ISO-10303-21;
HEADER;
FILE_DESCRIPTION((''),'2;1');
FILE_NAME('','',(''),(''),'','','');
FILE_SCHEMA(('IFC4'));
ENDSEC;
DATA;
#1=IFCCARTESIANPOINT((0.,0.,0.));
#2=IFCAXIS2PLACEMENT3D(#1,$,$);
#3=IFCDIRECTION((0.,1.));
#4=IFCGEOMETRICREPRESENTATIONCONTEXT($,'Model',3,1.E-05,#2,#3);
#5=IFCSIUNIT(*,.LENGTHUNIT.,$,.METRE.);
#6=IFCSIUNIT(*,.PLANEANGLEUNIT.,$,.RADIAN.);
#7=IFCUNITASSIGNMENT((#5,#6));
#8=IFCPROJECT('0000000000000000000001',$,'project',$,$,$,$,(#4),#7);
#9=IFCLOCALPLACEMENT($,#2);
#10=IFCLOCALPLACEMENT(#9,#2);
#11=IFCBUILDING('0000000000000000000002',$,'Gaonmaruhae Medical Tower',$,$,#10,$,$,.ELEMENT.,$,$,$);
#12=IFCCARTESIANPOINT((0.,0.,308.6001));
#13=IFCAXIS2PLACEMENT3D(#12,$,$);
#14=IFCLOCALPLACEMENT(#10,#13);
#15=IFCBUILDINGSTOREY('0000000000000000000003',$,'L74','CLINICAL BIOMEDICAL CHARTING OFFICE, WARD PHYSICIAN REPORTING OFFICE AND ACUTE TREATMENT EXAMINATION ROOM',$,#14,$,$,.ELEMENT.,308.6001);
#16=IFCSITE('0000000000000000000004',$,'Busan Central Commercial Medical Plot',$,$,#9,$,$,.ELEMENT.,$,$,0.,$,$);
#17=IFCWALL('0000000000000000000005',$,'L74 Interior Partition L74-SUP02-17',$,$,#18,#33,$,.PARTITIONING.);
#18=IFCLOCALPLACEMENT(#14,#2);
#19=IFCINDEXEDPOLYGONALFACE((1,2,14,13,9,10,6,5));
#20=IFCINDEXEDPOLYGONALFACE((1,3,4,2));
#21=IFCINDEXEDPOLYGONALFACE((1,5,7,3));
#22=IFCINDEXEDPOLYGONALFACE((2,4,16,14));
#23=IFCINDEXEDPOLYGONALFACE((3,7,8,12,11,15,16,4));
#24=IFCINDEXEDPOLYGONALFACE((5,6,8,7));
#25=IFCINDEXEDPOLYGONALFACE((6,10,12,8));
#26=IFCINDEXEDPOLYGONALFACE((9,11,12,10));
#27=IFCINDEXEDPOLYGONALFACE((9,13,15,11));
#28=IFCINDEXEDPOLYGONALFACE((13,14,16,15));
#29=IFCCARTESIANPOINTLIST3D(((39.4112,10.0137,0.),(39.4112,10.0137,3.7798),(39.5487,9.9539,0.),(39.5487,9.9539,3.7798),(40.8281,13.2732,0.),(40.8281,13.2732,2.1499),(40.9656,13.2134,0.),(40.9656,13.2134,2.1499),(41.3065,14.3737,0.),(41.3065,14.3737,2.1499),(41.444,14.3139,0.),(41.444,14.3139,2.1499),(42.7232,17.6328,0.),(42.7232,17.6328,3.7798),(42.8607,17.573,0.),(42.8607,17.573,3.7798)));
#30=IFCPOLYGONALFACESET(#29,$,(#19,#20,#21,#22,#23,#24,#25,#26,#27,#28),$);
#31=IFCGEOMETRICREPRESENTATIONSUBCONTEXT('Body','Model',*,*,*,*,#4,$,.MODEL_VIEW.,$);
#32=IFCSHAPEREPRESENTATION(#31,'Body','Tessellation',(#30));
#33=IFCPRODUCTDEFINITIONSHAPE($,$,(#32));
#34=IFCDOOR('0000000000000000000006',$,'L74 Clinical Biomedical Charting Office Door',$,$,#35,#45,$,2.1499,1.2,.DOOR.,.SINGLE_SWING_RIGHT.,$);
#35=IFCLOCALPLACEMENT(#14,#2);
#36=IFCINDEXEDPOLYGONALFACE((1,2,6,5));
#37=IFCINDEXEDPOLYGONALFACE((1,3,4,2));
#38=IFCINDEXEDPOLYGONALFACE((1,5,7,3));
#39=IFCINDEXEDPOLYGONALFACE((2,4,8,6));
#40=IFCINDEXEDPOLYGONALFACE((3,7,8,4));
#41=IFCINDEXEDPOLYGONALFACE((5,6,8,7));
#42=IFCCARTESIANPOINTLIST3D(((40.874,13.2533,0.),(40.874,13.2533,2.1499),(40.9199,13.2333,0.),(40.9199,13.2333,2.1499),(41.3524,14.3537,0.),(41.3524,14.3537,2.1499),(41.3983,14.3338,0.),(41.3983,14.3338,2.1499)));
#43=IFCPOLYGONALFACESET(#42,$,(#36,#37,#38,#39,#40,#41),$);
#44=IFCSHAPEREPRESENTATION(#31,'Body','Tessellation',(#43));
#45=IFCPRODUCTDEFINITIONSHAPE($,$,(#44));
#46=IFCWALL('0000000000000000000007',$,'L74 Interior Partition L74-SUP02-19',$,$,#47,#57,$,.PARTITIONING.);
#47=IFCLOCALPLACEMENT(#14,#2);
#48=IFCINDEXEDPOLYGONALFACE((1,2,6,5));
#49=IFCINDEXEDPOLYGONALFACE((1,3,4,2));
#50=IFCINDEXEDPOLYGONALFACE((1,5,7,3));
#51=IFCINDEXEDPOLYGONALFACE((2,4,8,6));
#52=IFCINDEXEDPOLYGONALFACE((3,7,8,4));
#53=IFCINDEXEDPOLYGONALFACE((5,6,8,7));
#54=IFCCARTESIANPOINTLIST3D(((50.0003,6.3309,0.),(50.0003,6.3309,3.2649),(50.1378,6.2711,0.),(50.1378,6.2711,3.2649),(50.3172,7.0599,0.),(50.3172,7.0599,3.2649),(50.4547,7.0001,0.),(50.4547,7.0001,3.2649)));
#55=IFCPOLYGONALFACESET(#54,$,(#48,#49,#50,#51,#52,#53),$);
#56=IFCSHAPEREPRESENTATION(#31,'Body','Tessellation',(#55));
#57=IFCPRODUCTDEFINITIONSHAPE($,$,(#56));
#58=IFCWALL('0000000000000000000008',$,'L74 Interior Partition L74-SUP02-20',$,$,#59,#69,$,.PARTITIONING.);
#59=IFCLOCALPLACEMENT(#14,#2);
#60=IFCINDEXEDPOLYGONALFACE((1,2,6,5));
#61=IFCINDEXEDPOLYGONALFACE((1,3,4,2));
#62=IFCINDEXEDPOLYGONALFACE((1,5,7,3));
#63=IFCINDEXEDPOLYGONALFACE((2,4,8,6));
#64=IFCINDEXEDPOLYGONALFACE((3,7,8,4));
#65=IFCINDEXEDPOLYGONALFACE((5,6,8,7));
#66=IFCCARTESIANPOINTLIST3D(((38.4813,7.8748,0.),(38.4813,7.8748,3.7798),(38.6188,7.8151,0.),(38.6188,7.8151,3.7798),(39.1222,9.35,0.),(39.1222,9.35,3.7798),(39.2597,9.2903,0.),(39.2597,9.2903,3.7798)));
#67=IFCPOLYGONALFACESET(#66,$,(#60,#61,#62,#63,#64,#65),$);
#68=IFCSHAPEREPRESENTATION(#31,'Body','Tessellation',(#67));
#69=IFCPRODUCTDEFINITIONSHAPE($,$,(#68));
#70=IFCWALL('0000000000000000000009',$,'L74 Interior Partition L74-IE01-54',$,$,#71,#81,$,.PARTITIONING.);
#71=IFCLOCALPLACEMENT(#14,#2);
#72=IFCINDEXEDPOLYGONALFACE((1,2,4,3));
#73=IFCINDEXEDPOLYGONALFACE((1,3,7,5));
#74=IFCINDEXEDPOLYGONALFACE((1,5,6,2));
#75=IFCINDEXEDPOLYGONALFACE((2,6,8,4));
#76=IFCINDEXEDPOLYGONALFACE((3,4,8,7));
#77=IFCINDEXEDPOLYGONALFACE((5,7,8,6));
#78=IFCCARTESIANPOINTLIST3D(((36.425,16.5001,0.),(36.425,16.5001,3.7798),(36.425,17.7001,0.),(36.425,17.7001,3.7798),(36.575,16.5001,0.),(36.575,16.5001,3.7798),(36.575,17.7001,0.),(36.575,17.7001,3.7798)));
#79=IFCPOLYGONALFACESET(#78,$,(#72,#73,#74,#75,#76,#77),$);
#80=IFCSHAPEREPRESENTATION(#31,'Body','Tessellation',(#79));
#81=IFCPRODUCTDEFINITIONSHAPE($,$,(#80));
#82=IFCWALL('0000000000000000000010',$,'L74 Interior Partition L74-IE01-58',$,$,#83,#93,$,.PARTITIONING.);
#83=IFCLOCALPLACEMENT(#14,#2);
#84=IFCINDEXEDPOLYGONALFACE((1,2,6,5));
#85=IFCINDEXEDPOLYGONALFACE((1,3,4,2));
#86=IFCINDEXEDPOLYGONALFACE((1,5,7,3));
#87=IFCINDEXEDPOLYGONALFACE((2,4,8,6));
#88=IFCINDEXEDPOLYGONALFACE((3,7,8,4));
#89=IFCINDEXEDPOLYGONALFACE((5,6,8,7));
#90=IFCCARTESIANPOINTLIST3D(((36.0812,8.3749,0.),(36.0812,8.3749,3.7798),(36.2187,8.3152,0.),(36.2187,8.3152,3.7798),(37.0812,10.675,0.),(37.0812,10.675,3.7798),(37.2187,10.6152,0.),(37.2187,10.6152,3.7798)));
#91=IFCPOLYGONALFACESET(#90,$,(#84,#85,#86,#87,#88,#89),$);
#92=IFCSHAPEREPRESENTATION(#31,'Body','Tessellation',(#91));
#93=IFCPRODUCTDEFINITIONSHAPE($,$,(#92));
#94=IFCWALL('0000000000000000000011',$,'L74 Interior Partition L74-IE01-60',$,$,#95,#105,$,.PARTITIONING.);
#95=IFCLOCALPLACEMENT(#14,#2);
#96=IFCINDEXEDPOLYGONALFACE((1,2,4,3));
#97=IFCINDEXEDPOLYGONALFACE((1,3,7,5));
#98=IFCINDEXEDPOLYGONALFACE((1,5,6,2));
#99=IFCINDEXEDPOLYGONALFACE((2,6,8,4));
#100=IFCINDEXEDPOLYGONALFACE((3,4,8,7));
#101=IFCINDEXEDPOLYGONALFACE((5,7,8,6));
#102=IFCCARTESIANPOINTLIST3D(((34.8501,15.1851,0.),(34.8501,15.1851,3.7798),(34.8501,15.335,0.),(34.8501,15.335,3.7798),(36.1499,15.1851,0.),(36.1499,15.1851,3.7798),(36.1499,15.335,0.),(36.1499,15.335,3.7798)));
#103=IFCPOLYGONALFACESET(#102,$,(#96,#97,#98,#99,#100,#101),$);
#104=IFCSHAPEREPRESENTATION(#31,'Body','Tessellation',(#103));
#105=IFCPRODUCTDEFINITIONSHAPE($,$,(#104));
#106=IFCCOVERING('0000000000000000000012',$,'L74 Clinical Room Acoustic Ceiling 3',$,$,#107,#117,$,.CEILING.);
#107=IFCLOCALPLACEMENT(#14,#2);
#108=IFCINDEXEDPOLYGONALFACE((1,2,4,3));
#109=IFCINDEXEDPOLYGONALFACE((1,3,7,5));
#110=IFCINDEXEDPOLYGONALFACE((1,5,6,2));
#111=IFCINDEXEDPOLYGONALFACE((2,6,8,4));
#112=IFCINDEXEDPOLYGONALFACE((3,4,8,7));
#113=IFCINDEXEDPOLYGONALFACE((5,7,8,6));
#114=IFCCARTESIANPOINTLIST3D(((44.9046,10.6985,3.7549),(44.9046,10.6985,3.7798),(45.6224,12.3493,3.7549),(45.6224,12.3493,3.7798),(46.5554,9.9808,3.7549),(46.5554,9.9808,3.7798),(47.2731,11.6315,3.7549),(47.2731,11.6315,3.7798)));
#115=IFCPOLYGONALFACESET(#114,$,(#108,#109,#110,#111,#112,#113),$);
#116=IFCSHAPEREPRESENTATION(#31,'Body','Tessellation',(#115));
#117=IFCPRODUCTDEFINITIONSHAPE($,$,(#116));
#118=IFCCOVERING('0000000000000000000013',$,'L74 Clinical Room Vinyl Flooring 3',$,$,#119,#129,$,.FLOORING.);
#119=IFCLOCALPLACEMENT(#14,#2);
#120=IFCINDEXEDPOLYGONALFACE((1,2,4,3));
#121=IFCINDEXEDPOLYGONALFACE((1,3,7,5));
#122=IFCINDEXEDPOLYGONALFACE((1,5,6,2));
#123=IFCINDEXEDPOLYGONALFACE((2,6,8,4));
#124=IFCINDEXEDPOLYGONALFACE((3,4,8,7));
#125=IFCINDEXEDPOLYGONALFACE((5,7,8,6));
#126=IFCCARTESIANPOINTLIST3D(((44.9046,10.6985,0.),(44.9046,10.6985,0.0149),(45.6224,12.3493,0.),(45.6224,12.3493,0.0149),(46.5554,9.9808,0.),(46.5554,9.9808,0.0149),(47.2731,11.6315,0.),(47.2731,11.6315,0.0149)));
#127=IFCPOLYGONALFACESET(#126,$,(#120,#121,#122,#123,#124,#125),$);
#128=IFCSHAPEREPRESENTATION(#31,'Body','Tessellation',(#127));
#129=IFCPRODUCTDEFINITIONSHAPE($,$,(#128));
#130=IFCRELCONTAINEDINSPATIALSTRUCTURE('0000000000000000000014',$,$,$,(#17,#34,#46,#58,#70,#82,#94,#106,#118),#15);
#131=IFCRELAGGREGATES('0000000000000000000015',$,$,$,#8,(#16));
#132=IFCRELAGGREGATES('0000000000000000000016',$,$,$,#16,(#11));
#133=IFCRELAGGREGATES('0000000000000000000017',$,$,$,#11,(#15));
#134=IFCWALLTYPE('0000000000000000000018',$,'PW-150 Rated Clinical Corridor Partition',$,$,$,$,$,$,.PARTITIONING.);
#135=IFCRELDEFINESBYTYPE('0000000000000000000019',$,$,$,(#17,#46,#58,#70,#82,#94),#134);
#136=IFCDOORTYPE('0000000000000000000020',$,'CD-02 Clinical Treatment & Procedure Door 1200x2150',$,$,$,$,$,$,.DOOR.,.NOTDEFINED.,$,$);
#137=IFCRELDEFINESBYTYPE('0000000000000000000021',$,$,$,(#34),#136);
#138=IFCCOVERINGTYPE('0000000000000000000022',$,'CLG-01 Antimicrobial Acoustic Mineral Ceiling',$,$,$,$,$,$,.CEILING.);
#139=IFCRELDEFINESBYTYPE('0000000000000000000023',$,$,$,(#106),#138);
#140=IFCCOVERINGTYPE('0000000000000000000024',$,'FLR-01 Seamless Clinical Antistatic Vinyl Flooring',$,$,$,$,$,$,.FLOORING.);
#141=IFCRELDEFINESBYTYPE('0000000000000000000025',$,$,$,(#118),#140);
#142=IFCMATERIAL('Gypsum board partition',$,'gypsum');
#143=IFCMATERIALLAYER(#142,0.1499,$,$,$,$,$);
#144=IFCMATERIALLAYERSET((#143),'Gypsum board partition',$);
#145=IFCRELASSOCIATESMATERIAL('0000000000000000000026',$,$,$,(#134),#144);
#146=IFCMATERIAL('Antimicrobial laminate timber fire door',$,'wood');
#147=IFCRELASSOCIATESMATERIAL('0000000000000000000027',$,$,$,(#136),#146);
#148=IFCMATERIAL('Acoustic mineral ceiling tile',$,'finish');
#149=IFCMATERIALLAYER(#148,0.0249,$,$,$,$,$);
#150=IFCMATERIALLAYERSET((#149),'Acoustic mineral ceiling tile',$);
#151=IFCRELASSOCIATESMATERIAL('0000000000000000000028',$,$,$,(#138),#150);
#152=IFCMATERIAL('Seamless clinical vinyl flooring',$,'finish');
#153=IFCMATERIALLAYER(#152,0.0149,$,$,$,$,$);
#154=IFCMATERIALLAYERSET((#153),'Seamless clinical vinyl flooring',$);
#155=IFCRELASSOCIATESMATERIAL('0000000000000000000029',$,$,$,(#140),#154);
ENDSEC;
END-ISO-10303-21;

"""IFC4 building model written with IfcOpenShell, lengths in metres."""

from ifc_helpers import new_model, si_unit, direction, frame, frame_2d, origin, origin_2d, place, context, subcontext, project, spatial, rectangle, extrude, material, layer, layer_set, type_object, element, fill, save


model = new_model("IFC4")

# Units and contexts
model_context = context("Model", 3, precision=1e-05, world=origin(), true_north=direction((0.0, 1.0)))
body_context = subcontext(model_context, "Body", "Model", "MODEL_VIEW")
ifc_project = project(units=[si_unit("LENGTHUNIT", "METRE"), si_unit("PLANEANGLEUNIT", "RADIAN")], contexts=[model_context])

# Site, building, storey
site_placement = place(None, origin())
site = spatial("IfcSite", under=ifc_project, at=site_placement, Name="Busan Central Commercial Medical Plot", CompositionType="ELEMENT", RefElevation=0.0)
building_placement = place(site_placement, origin())
building = spatial("IfcBuilding", under=site, at=building_placement, Name="Gaonmaruhae Medical Tower", CompositionType="ELEMENT")
storey_placement = place(building_placement, frame((0.0, 0.0, 308.6001)))
storey = spatial("IfcBuildingStorey", under=building, at=storey_placement, Name="L74", Description="CLINICAL BIOMEDICAL CHARTING OFFICE, WARD PHYSICIAN REPORTING OFFICE AND ACUTE TREATMENT EXAMINATION ROOM", CompositionType="ELEMENT", Elevation=308.6001)

# Shared definitions
ifc_material_1 = material(Name="Gypsum board partition", Category="gypsum")
ifc_layer_1 = layer(ifc_material_1, 0.1499)
ifc_layer_set_1 = layer_set([ifc_layer_1], Name="Gypsum board partition")
wall_type_1 = type_object("IfcWallType", Name="PW-150 Rated Clinical Corridor Partition", PredefinedType="PARTITIONING", material=ifc_layer_set_1)

# Wall, opening, door
wall_1_placement = place(storey_placement, frame((39.48, 9.9839, 0.0), z_axis=(0.0, 0.0, 1.0), x_axis=(0.398659, 0.917099, 0.0)))
wall_1 = element("IfcWall", 1, at=wall_1_placement, inside=storey, type_object=wall_type_1, Name="L74 Interior Partition L74-SUP02-17", PredefinedType="PARTITIONING", context=body_context, shape_type="SweptSolid", body=[
    extrude(rectangle(XDim=8.3079, YDim=0.1499, at=frame_2d((4.1538, 0.0))), origin(), (0.0, 0.0, 1.0), 3.7798),
])
opening_1_placement = place(wall_1_placement, frame((3.554, 0.0, 0.0)))
opening_1 = element("IfcOpeningElement", 2, at=opening_1_placement, cuts=wall_1, PredefinedType="OPENING", context=body_context, shape_type="SweptSolid", body=[
    extrude(rectangle(XDim=1.2, YDim=2.1499, at=frame_2d((0.6001, 1.075))), frame((0.0, 0.085, 0.0), z_axis=(0.0, -1.0, 0.0), x_axis=(1.0, 0.0, 0.0)), (0.0, 0.0, 1.0), 0.1699),
])
ifc_material_2 = material(Name="Antimicrobial laminate timber fire door", Category="wood")
door_type_1 = type_object("IfcDoorType", Name="CD-02 Clinical Treatment & Procedure Door 1200x2150", OperationType="NOTDEFINED", PredefinedType="DOOR", material=ifc_material_2)
door_1_placement = place(opening_1_placement, origin())
door_1 = element("IfcDoor", 3, at=door_1_placement, inside=storey, type_object=door_type_1, Name="L74 Clinical Biomedical Charting Office Door", OperationType="SINGLE_SWING_RIGHT", OverallHeight=2.1499, OverallWidth=1.2, PredefinedType="DOOR", context=body_context, shape_type="SweptSolid", body=[
    extrude(rectangle(XDim=1.2, YDim=2.1499, at=frame_2d((0.6001, 1.075))), frame((0.0, 0.0249, 0.0), z_axis=(0.0, -1.0, 0.0), x_axis=(1.0, 0.0, 0.0)), (0.0, 0.0, 1.0), 0.05),
])
fill(opening_1, door_1)

# Walls
wall_2_placement = place(storey_placement, frame((50.386, 7.03, 0.0), z_axis=(0.0, 0.0, 1.0), x_axis=(-0.398659, -0.917099, 0.0)))
element("IfcWall", 4, at=wall_2_placement, inside=storey, type_object=wall_type_1, Name="L74 Interior Partition L74-SUP02-19", PredefinedType="PARTITIONING", context=body_context, shape_type="SweptSolid", body=[
    extrude(rectangle(XDim=0.7949, YDim=0.1499, at=frame_2d((0.3975, 0.0))), origin(), (0.0, 0.0, 1.0), 3.2649),
])
wall_3_placement = place(storey_placement, frame((38.55, 7.845, 0.0), z_axis=(0.0, 0.0, 1.0), x_axis=(0.398476, 0.917179, 0.0)))
element("IfcWall", 5, at=wall_3_placement, inside=storey, type_object=wall_type_1, Name="L74 Interior Partition L74-SUP02-20", PredefinedType="PARTITIONING", context=body_context, shape_type="SweptSolid", body=[
    extrude(rectangle(XDim=1.6084, YDim=0.1499, at=frame_2d((0.8042, 0.0))), origin(), (0.0, 0.0, 1.0), 3.7798),
])
wall_4_placement = place(storey_placement, frame((36.5, 16.5, 0.0), z_axis=(0.0, 0.0, 1.0), x_axis=(0.0, 1.0, 0.0)))
element("IfcWall", 6, at=wall_4_placement, inside=storey, type_object=wall_type_1, Name="L74 Interior Partition L74-IE01-54", PredefinedType="PARTITIONING", context=body_context, shape_type="SweptSolid", body=[
    extrude(rectangle(XDim=1.2, YDim=0.1499, at=frame_2d((0.6001, 0.0))), origin(), (0.0, 0.0, 1.0), 3.7798),
])
wall_5_placement = place(storey_placement, frame((37.1499, 10.645, 0.0), z_axis=(0.0, 0.0, 1.0), x_axis=(-0.398719, -0.917073, 0.0)))
element("IfcWall", 7, at=wall_5_placement, inside=storey, type_object=wall_type_1, Name="L74 Interior Partition L74-IE01-58", PredefinedType="PARTITIONING", context=body_context, shape_type="SweptSolid", body=[
    extrude(rectangle(XDim=2.5081, YDim=0.1499, at=frame_2d((1.2539, 0.0))), origin(), (0.0, 0.0, 1.0), 3.7798),
])
wall_6_placement = place(storey_placement, frame((36.1499, 15.26, 0.0), z_axis=(0.0, 0.0, 1.0), x_axis=(-1.0, 0.0, 0.0)))
element("IfcWall", 8, at=wall_6_placement, inside=storey, type_object=wall_type_1, Name="L74 Interior Partition L74-IE01-60", PredefinedType="PARTITIONING", context=body_context, shape_type="SweptSolid", body=[
    extrude(rectangle(XDim=1.2998, YDim=0.1499, at=frame_2d((0.6499, 0.0))), origin(), (0.0, 0.0, 1.0), 3.7798),
])

# Coverings
ifc_material_3 = material(Name="Acoustic mineral ceiling tile", Category="finish")
ifc_layer_2 = layer(ifc_material_3, 0.0249)
ifc_layer_set_2 = layer_set([ifc_layer_2], Name="Acoustic mineral ceiling tile")
covering_type_1 = type_object("IfcCoveringType", Name="CLG-01 Antimicrobial Acoustic Mineral Ceiling", PredefinedType="CEILING", material=ifc_layer_set_2)
covering_1_placement = place(storey_placement, frame((46.0889, 11.165, 3.7549), z_axis=(0.0, 0.0, 1.0), x_axis=(0.398749, 0.91706, 0.0)))
element("IfcCovering", 9, at=covering_1_placement, inside=storey, type_object=covering_type_1, Name="L74 Clinical Room Acoustic Ceiling 3", PredefinedType="CEILING", context=body_context, shape_type="SweptSolid", body=[
    extrude(rectangle(XDim=1.8, YDim=1.8, at=origin_2d()), origin(), (0.0, 0.0, 1.0), 0.0249),
])
ifc_material_4 = material(Name="Seamless clinical vinyl flooring", Category="finish")
ifc_layer_3 = layer(ifc_material_4, 0.0149)
ifc_layer_set_3 = layer_set([ifc_layer_3], Name="Seamless clinical vinyl flooring")
covering_type_2 = type_object("IfcCoveringType", Name="FLR-01 Seamless Clinical Antistatic Vinyl Flooring", PredefinedType="FLOORING", material=ifc_layer_set_3)
covering_2_placement = place(storey_placement, frame((46.0889, 11.165, 0.0), z_axis=(0.0, 0.0, 1.0), x_axis=(0.398749, 0.91706, 0.0)))
element("IfcCovering", 10, at=covering_2_placement, inside=storey, type_object=covering_type_2, Name="L74 Clinical Room Vinyl Flooring 3", PredefinedType="FLOORING", context=body_context, shape_type="SweptSolid", body=[
    extrude(rectangle(XDim=1.8, YDim=1.8, at=origin_2d()), origin(), (0.0, 0.0, 1.0), 0.0149),
])

save(model, "model.ifc")
